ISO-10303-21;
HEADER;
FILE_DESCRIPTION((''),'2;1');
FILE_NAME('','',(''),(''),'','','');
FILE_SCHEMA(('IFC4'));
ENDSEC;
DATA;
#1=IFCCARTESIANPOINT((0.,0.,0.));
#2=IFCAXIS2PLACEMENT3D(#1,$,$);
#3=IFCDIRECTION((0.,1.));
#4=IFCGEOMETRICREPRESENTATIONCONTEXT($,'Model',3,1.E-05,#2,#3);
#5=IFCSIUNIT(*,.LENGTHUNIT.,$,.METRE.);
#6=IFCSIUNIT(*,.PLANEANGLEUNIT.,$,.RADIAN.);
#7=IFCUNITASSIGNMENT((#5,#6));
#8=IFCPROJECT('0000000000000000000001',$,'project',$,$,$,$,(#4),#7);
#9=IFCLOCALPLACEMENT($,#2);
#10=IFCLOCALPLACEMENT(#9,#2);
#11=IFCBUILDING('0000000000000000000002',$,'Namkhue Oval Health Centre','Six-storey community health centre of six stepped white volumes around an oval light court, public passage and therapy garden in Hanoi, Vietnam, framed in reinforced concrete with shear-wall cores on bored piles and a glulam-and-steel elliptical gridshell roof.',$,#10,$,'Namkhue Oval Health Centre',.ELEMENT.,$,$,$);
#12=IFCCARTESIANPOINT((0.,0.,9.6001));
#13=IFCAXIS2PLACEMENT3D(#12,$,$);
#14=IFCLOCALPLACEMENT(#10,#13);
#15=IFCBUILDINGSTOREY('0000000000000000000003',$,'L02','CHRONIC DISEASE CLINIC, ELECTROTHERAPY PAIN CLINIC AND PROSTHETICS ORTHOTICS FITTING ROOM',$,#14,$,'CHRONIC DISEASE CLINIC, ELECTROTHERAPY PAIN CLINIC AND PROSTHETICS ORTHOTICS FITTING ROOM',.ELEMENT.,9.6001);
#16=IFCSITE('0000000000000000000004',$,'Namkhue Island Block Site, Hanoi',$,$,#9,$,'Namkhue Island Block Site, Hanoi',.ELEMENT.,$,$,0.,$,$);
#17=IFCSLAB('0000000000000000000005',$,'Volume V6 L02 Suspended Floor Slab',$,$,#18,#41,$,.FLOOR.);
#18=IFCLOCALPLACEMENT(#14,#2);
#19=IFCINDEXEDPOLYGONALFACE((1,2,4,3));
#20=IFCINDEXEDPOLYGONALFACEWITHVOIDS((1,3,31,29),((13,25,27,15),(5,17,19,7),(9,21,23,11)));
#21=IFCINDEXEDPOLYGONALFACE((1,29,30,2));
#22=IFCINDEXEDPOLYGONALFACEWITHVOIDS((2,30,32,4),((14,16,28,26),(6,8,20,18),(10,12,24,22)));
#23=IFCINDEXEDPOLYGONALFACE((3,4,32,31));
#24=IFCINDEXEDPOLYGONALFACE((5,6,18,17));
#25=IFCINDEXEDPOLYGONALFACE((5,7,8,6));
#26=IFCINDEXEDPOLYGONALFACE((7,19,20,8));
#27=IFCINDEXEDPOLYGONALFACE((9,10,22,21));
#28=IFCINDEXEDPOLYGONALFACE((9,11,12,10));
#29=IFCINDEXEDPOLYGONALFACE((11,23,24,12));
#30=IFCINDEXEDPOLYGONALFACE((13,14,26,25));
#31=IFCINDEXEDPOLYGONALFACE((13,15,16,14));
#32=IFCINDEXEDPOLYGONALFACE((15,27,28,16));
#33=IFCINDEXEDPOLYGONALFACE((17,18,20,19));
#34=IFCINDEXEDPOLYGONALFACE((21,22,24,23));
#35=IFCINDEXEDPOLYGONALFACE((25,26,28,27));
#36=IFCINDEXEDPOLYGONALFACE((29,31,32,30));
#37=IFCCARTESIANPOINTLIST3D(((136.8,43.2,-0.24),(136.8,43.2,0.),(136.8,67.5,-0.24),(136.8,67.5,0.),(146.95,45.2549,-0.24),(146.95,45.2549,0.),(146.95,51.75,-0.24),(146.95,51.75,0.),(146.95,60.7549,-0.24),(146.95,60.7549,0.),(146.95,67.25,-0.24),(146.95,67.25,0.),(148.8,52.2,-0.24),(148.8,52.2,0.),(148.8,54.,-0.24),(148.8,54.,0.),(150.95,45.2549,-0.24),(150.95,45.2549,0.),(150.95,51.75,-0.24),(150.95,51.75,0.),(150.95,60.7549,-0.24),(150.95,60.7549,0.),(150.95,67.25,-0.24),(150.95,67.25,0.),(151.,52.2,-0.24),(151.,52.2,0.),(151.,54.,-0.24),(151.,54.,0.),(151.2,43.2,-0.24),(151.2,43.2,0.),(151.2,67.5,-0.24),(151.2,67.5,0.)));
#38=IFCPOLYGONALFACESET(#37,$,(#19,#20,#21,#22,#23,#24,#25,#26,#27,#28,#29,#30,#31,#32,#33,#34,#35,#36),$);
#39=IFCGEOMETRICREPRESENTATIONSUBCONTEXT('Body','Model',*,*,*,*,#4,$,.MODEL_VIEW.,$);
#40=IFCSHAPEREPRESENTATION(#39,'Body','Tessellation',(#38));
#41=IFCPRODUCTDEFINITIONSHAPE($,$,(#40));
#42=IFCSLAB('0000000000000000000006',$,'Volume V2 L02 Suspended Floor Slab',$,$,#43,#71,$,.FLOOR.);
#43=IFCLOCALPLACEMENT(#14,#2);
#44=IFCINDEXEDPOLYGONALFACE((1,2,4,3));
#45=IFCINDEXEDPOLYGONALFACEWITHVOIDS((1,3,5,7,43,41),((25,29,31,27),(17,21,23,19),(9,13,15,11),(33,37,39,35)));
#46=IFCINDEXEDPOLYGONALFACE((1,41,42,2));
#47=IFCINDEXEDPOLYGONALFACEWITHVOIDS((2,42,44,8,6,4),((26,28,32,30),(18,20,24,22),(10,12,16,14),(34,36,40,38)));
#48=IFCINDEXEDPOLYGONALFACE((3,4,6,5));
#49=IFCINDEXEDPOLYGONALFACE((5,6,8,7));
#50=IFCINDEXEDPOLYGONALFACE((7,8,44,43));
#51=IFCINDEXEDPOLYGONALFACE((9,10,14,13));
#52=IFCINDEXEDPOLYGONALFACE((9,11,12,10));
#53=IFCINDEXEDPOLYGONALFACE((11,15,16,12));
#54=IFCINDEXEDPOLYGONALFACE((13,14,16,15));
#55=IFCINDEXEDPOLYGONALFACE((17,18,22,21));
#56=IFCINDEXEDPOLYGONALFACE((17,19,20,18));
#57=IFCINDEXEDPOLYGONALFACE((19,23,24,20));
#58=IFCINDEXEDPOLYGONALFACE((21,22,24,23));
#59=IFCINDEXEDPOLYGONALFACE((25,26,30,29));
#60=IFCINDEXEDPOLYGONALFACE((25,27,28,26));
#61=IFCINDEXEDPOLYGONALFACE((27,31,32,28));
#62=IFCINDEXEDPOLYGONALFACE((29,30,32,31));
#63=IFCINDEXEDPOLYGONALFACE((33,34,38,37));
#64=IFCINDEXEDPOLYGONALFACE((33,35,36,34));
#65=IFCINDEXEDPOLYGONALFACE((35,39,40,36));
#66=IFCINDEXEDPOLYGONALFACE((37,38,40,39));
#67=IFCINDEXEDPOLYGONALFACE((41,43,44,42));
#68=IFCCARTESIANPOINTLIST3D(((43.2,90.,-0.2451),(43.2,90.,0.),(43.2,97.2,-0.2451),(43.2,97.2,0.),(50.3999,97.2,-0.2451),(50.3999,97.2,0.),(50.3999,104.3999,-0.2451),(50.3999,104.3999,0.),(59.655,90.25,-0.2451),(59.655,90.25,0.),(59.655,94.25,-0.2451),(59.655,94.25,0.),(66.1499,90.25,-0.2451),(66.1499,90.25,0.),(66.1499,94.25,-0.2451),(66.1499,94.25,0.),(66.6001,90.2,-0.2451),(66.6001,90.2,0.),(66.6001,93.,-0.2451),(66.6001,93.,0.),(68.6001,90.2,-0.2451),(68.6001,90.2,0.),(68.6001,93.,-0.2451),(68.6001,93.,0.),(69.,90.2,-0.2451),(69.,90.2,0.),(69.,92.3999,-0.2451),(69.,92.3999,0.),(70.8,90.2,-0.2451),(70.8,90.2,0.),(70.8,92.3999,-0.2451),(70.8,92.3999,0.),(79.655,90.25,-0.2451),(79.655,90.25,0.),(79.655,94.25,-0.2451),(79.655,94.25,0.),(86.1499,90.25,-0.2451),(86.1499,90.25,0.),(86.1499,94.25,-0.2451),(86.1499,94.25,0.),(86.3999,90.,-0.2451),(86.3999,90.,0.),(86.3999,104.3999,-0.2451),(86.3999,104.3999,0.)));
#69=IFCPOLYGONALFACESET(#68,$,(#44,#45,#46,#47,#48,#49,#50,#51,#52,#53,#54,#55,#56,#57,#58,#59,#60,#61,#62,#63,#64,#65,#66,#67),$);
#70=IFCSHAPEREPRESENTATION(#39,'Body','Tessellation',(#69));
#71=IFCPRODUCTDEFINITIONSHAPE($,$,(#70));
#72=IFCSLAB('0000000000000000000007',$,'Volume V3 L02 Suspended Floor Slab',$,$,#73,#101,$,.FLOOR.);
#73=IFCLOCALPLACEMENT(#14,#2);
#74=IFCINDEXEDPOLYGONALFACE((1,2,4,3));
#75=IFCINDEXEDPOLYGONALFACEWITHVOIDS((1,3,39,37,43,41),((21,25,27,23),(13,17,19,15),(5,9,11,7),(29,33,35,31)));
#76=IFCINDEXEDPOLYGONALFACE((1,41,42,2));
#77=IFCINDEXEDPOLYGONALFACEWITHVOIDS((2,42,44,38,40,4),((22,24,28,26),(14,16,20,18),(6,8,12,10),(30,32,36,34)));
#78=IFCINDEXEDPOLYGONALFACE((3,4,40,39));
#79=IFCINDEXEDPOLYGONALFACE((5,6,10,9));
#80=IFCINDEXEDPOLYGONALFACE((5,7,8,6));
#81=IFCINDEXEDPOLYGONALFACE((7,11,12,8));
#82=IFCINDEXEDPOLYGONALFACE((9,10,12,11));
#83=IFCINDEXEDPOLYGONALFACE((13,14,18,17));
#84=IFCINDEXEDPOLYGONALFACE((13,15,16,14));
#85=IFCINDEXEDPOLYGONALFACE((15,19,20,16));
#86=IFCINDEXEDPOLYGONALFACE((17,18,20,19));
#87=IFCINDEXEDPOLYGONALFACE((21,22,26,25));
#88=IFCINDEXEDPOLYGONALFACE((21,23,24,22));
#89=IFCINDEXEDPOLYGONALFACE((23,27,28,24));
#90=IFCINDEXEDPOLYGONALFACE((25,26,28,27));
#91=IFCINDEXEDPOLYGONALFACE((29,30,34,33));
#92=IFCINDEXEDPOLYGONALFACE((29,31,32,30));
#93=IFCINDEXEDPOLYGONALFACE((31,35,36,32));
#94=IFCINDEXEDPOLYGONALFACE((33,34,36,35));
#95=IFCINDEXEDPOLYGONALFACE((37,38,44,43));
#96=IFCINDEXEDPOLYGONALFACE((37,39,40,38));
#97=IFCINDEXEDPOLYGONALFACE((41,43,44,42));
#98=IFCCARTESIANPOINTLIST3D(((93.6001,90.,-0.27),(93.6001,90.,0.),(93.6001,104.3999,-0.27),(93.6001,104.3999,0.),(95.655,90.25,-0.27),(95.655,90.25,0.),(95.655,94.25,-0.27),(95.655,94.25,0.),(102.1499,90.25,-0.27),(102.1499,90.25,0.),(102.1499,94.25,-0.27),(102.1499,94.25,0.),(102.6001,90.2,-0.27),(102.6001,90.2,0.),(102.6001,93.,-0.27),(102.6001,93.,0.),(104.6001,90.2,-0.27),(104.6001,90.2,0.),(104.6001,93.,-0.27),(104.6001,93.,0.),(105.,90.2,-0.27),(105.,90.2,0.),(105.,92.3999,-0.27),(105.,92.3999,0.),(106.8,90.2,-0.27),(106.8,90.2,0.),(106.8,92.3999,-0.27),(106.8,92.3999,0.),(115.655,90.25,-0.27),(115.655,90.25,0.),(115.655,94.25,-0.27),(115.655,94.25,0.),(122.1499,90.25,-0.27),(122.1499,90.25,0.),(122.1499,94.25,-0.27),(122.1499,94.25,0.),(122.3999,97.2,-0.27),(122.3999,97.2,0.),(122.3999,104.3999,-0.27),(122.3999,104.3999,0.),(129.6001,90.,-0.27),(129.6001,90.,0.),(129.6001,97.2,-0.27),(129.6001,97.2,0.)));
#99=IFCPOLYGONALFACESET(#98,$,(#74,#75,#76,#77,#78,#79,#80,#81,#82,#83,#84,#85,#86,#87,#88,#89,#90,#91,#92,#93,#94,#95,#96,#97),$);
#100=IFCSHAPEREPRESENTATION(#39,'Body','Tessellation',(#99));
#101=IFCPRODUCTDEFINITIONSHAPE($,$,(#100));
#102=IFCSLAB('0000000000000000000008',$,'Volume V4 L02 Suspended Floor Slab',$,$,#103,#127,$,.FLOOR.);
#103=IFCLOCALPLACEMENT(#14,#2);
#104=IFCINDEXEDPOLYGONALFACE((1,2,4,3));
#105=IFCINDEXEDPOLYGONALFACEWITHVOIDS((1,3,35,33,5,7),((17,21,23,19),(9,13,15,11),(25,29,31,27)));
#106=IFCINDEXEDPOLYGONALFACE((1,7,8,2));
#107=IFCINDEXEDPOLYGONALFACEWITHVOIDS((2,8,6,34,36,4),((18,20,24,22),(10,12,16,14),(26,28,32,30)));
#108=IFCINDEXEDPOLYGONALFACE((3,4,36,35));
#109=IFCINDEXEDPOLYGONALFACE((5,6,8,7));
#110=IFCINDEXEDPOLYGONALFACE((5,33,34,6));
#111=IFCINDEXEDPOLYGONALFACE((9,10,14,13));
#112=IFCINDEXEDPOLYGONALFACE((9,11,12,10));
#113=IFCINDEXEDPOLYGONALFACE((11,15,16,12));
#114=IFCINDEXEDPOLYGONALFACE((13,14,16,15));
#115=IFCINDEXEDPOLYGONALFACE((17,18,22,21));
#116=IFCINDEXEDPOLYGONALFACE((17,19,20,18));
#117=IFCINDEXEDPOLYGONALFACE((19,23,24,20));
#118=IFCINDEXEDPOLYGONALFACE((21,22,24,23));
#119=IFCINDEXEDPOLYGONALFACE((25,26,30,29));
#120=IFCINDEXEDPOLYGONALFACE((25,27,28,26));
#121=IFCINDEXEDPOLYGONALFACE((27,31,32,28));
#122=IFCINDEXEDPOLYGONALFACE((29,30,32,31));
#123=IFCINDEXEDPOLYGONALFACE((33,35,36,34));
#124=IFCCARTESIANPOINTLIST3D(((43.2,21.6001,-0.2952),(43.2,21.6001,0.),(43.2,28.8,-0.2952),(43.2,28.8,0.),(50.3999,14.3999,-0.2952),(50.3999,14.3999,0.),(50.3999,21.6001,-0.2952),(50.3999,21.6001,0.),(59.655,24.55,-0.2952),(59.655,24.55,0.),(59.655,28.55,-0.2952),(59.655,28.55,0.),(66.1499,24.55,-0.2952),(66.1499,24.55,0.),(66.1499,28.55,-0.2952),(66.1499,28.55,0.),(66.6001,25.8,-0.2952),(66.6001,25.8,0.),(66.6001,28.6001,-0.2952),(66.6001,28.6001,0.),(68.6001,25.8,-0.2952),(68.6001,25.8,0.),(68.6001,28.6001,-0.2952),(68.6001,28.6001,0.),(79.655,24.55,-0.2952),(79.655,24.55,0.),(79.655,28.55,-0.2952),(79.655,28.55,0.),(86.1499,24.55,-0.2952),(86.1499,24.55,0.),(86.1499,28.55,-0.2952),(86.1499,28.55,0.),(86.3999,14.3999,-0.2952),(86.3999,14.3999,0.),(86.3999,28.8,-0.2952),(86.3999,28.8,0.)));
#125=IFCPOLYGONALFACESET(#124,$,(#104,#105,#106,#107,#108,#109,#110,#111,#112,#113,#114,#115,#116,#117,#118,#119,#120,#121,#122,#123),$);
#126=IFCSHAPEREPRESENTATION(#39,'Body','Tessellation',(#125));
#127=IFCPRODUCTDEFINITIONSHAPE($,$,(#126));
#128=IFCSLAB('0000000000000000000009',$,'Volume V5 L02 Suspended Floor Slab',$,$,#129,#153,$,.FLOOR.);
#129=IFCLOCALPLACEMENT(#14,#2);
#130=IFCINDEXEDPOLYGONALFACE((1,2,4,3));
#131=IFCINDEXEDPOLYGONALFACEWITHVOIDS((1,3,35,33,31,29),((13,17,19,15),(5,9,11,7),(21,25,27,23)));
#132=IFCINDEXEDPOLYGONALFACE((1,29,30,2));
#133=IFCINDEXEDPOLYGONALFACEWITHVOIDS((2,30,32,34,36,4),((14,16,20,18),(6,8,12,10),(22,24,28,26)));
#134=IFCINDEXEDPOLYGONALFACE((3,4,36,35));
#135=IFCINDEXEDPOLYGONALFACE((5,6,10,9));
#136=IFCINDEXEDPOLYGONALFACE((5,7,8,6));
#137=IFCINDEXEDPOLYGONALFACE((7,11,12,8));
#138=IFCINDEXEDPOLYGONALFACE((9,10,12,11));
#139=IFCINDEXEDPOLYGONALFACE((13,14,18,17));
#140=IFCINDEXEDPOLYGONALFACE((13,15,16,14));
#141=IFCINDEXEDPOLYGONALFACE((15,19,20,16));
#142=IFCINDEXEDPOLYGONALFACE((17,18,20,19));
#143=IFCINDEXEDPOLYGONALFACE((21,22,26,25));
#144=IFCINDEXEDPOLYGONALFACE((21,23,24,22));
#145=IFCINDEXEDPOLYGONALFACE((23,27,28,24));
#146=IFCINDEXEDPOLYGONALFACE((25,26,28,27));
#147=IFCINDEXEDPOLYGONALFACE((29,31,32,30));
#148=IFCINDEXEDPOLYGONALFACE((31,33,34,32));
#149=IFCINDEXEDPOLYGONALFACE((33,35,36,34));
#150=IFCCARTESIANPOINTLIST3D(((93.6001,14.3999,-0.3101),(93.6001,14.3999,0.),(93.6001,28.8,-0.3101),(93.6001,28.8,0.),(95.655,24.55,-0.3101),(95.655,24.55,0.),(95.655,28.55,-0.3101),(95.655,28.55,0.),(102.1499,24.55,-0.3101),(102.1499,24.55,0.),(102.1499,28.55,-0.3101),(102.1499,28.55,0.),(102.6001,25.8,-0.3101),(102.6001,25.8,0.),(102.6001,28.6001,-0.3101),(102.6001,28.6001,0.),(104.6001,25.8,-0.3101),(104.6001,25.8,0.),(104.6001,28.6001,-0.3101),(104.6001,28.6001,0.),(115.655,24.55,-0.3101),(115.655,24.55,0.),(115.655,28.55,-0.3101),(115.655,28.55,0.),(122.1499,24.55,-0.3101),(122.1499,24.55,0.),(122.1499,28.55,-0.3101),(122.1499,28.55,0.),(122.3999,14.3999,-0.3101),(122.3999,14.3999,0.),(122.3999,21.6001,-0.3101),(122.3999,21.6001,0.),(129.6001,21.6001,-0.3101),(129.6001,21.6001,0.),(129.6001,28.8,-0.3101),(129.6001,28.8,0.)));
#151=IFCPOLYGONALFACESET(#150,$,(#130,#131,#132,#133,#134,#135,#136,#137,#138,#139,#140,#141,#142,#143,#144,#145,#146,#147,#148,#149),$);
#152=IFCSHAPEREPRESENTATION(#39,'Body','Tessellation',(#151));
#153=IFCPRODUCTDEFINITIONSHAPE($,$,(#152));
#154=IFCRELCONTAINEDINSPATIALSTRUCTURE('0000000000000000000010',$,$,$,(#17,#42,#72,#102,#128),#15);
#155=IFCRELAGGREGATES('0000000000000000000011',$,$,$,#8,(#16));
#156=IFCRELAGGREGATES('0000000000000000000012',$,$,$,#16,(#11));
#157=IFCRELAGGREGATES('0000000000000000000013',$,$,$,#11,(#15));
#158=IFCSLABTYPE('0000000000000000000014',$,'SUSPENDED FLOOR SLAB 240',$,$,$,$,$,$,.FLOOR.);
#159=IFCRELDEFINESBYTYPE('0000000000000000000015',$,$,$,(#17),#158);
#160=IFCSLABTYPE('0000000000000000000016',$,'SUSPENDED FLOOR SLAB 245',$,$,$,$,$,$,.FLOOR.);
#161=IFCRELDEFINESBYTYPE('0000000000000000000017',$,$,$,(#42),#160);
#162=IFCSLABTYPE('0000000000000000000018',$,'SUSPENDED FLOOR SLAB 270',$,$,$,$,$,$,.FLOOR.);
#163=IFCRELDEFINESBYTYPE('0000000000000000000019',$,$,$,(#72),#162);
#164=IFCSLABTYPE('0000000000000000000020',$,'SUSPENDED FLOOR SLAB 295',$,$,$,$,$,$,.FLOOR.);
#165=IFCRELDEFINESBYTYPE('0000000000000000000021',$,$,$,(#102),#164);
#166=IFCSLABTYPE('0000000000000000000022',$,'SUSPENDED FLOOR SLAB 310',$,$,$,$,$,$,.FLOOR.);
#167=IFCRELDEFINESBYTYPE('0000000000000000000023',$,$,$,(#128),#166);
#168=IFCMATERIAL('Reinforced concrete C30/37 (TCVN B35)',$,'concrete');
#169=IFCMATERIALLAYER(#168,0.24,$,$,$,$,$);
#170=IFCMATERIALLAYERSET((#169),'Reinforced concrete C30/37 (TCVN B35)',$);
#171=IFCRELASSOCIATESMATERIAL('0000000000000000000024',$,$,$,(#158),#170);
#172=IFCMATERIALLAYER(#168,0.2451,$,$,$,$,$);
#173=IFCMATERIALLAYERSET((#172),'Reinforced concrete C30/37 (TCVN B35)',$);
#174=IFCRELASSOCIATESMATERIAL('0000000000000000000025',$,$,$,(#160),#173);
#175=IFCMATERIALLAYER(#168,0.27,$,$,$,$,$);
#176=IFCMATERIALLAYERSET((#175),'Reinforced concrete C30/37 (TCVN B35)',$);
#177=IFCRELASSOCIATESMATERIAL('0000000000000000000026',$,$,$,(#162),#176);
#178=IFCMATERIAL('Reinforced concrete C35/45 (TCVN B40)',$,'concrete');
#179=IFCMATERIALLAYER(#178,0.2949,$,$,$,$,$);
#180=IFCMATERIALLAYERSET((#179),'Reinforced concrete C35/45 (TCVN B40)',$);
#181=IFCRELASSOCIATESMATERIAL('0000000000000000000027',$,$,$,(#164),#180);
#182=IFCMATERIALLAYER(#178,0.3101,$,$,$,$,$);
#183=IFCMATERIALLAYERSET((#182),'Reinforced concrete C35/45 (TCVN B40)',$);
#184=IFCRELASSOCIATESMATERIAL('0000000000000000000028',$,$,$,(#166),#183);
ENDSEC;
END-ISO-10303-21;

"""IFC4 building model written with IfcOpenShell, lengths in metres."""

from ifc_helpers import new_model, si_unit, direction, frame, origin, place, context, subcontext, project, spatial, polyline, outline, extrude, material, layer, layer_set, type_object, element, save


model = new_model("IFC4")

# Units and contexts
model_context = context("Model", 3, precision=1e-05, world=origin(), true_north=direction((0.0, 1.0)))
body_context = subcontext(model_context, "Body", "Model", "MODEL_VIEW")
ifc_project = project(units=[si_unit("LENGTHUNIT", "METRE"), si_unit("PLANEANGLEUNIT", "RADIAN")], contexts=[model_context])

# Site, building, storey
site_placement = place(None, origin())
site = spatial("IfcSite", under=ifc_project, at=site_placement, Name="Namkhue Island Block Site, Hanoi", LongName="Namkhue Island Block Site, Hanoi", CompositionType="ELEMENT", RefElevation=0.0)
building_placement = place(site_placement, origin())
building = spatial("IfcBuilding", under=site, at=building_placement, Name="Namkhue Oval Health Centre", Description="Six-storey community health centre of six stepped white volumes around an oval light court, public passage and therapy garden in Hanoi, Vietnam, framed in reinforced concrete with shear-wall cores on bored piles and a glulam-and-steel elliptical gridshell roof.", LongName="Namkhue Oval Health Centre", CompositionType="ELEMENT")
storey_placement = place(building_placement, frame((0.0, 0.0, 9.6001)))
storey = spatial("IfcBuildingStorey", under=building, at=storey_placement, Name="L02", Description="CHRONIC DISEASE CLINIC, ELECTROTHERAPY PAIN CLINIC AND PROSTHETICS ORTHOTICS FITTING ROOM", LongName="CHRONIC DISEASE CLINIC, ELECTROTHERAPY PAIN CLINIC AND PROSTHETICS ORTHOTICS FITTING ROOM", CompositionType="ELEMENT", Elevation=9.6001)

# Shared definitions
ifc_material_1 = material(Name="Reinforced concrete C30/37 (TCVN B35)", Category="concrete")

# Slabs
ifc_layer_1 = layer(ifc_material_1, 0.24)
ifc_layer_set_1 = layer_set([ifc_layer_1], Name="Reinforced concrete C30/37 (TCVN B35)")
slab_type_1 = type_object("IfcSlabType", Name="SUSPENDED FLOOR SLAB 240", PredefinedType="FLOOR", material=ifc_layer_set_1)
slab_1_placement = place(storey_placement, frame((0.0, 0.0, -0.24)))
element("IfcSlab", 1, at=slab_1_placement, inside=storey, type_object=slab_type_1, Name="Volume V6 L02 Suspended Floor Slab", PredefinedType="FLOOR", context=body_context, shape_type="SweptSolid", body=[
    extrude(outline(polyline([(136.8, 43.2), (151.2, 43.2), (151.2, 67.5), (136.8, 67.5), (136.8, 43.2)]), holes=[polyline([(146.95, 45.2549), (150.95, 45.2549), (150.95, 51.75), (146.95, 51.75), (146.95, 45.2549)]), polyline([(146.95, 60.7549), (150.95, 60.7549), (150.95, 67.25), (146.95, 67.25), (146.95, 60.7549)]), polyline([(148.8, 52.2), (151.0, 52.2), (151.0, 54.0), (148.8, 54.0), (148.8, 52.2)])]), origin(), (0.0, 0.0, 1.0), 0.24),
])
ifc_layer_2 = layer(ifc_material_1, 0.2451)
ifc_layer_set_2 = layer_set([ifc_layer_2], Name="Reinforced concrete C30/37 (TCVN B35)")
slab_type_2 = type_object("IfcSlabType", Name="SUSPENDED FLOOR SLAB 245", PredefinedType="FLOOR", material=ifc_layer_set_2)
slab_2_placement = place(storey_placement, frame((0.0, 0.0, -0.2451)))
element("IfcSlab", 2, at=slab_2_placement, inside=storey, type_object=slab_type_2, Name="Volume V2 L02 Suspended Floor Slab", PredefinedType="FLOOR", context=body_context, shape_type="SweptSolid", body=[
    extrude(outline(polyline([(43.2, 90.0), (86.3999, 90.0), (86.3999, 104.3999), (50.3999, 104.3999), (50.3999, 97.2), (43.2, 97.2), (43.2, 90.0)]), holes=[polyline([(59.655, 90.25), (66.1499, 90.25), (66.1499, 94.25), (59.655, 94.25), (59.655, 90.25)]), polyline([(79.655, 90.25), (86.1499, 90.25), (86.1499, 94.25), (79.655, 94.25), (79.655, 90.25)]), polyline([(66.6001, 90.2), (68.6001, 90.2), (68.6001, 93.0), (66.6001, 93.0), (66.6001, 90.2)]), polyline([(69.0, 90.2), (70.8, 90.2), (70.8, 92.3999), (69.0, 92.3999), (69.0, 90.2)])]), origin(), (0.0, 0.0, 1.0), 0.2451),
])
ifc_layer_3 = layer(ifc_material_1, 0.27)
ifc_layer_set_3 = layer_set([ifc_layer_3], Name="Reinforced concrete C30/37 (TCVN B35)")
slab_type_3 = type_object("IfcSlabType", Name="SUSPENDED FLOOR SLAB 270", PredefinedType="FLOOR", material=ifc_layer_set_3)
slab_3_placement = place(storey_placement, frame((0.0, 0.0, -0.27)))
element("IfcSlab", 3, at=slab_3_placement, inside=storey, type_object=slab_type_3, Name="Volume V3 L02 Suspended Floor Slab", PredefinedType="FLOOR", context=body_context, shape_type="SweptSolid", body=[
    extrude(outline(polyline([(93.6001, 90.0), (129.6001, 90.0), (129.6001, 97.2), (122.3999, 97.2), (122.3999, 104.3999), (93.6001, 104.3999), (93.6001, 90.0)]), holes=[polyline([(95.655, 90.25), (102.1499, 90.25), (102.1499, 94.25), (95.655, 94.25), (95.655, 90.25)]), polyline([(115.655, 90.25), (122.1499, 90.25), (122.1499, 94.25), (115.655, 94.25), (115.655, 90.25)]), polyline([(102.6001, 90.2), (104.6001, 90.2), (104.6001, 93.0), (102.6001, 93.0), (102.6001, 90.2)]), polyline([(105.0, 90.2), (106.8, 90.2), (106.8, 92.3999), (105.0, 92.3999), (105.0, 90.2)])]), origin(), (0.0, 0.0, 1.0), 0.27),
])
ifc_material_2 = material(Name="Reinforced concrete C35/45 (TCVN B40)", Category="concrete")
ifc_layer_4 = layer(ifc_material_2, 0.2949)
ifc_layer_set_4 = layer_set([ifc_layer_4], Name="Reinforced concrete C35/45 (TCVN B40)")
slab_type_4 = type_object("IfcSlabType", Name="SUSPENDED FLOOR SLAB 295", PredefinedType="FLOOR", material=ifc_layer_set_4)
slab_4_placement = place(storey_placement, frame((0.0, 0.0, -0.2952)))
element("IfcSlab", 4, at=slab_4_placement, inside=storey, type_object=slab_type_4, Name="Volume V4 L02 Suspended Floor Slab", PredefinedType="FLOOR", context=body_context, shape_type="SweptSolid", body=[
    extrude(outline(polyline([(50.3999, 14.3999), (86.3999, 14.3999), (86.3999, 28.8), (43.2, 28.8), (43.2, 21.6001), (50.3999, 21.6001), (50.3999, 14.3999)]), holes=[polyline([(59.655, 24.55), (66.1499, 24.55), (66.1499, 28.55), (59.655, 28.55), (59.655, 24.55)]), polyline([(79.655, 24.55), (86.1499, 24.55), (86.1499, 28.55), (79.655, 28.55), (79.655, 24.55)]), polyline([(66.6001, 25.8), (68.6001, 25.8), (68.6001, 28.6001), (66.6001, 28.6001), (66.6001, 25.8)])]), origin(), (0.0, 0.0, 1.0), 0.2952),
])
ifc_layer_5 = layer(ifc_material_2, 0.3101)
ifc_layer_set_5 = layer_set([ifc_layer_5], Name="Reinforced concrete C35/45 (TCVN B40)")
slab_type_5 = type_object("IfcSlabType", Name="SUSPENDED FLOOR SLAB 310", PredefinedType="FLOOR", material=ifc_layer_set_5)
slab_5_placement = place(storey_placement, frame((0.0, 0.0, -0.3101)))
element("IfcSlab", 5, at=slab_5_placement, inside=storey, type_object=slab_type_5, Name="Volume V5 L02 Suspended Floor Slab", PredefinedType="FLOOR", context=body_context, shape_type="SweptSolid", body=[
    extrude(outline(polyline([(93.6001, 14.3999), (122.3999, 14.3999), (122.3999, 21.6001), (129.6001, 21.6001), (129.6001, 28.8), (93.6001, 28.8), (93.6001, 14.3999)]), holes=[polyline([(95.655, 24.55), (102.1499, 24.55), (102.1499, 28.55), (95.655, 28.55), (95.655, 24.55)]), polyline([(115.655, 24.55), (122.1499, 24.55), (122.1499, 28.55), (115.655, 28.55), (115.655, 24.55)]), polyline([(102.6001, 25.8), (104.6001, 25.8), (104.6001, 28.6001), (102.6001, 28.6001), (102.6001, 25.8)])]), origin(), (0.0, 0.0, 1.0), 0.3101),
])

save(model, "model.ifc")
